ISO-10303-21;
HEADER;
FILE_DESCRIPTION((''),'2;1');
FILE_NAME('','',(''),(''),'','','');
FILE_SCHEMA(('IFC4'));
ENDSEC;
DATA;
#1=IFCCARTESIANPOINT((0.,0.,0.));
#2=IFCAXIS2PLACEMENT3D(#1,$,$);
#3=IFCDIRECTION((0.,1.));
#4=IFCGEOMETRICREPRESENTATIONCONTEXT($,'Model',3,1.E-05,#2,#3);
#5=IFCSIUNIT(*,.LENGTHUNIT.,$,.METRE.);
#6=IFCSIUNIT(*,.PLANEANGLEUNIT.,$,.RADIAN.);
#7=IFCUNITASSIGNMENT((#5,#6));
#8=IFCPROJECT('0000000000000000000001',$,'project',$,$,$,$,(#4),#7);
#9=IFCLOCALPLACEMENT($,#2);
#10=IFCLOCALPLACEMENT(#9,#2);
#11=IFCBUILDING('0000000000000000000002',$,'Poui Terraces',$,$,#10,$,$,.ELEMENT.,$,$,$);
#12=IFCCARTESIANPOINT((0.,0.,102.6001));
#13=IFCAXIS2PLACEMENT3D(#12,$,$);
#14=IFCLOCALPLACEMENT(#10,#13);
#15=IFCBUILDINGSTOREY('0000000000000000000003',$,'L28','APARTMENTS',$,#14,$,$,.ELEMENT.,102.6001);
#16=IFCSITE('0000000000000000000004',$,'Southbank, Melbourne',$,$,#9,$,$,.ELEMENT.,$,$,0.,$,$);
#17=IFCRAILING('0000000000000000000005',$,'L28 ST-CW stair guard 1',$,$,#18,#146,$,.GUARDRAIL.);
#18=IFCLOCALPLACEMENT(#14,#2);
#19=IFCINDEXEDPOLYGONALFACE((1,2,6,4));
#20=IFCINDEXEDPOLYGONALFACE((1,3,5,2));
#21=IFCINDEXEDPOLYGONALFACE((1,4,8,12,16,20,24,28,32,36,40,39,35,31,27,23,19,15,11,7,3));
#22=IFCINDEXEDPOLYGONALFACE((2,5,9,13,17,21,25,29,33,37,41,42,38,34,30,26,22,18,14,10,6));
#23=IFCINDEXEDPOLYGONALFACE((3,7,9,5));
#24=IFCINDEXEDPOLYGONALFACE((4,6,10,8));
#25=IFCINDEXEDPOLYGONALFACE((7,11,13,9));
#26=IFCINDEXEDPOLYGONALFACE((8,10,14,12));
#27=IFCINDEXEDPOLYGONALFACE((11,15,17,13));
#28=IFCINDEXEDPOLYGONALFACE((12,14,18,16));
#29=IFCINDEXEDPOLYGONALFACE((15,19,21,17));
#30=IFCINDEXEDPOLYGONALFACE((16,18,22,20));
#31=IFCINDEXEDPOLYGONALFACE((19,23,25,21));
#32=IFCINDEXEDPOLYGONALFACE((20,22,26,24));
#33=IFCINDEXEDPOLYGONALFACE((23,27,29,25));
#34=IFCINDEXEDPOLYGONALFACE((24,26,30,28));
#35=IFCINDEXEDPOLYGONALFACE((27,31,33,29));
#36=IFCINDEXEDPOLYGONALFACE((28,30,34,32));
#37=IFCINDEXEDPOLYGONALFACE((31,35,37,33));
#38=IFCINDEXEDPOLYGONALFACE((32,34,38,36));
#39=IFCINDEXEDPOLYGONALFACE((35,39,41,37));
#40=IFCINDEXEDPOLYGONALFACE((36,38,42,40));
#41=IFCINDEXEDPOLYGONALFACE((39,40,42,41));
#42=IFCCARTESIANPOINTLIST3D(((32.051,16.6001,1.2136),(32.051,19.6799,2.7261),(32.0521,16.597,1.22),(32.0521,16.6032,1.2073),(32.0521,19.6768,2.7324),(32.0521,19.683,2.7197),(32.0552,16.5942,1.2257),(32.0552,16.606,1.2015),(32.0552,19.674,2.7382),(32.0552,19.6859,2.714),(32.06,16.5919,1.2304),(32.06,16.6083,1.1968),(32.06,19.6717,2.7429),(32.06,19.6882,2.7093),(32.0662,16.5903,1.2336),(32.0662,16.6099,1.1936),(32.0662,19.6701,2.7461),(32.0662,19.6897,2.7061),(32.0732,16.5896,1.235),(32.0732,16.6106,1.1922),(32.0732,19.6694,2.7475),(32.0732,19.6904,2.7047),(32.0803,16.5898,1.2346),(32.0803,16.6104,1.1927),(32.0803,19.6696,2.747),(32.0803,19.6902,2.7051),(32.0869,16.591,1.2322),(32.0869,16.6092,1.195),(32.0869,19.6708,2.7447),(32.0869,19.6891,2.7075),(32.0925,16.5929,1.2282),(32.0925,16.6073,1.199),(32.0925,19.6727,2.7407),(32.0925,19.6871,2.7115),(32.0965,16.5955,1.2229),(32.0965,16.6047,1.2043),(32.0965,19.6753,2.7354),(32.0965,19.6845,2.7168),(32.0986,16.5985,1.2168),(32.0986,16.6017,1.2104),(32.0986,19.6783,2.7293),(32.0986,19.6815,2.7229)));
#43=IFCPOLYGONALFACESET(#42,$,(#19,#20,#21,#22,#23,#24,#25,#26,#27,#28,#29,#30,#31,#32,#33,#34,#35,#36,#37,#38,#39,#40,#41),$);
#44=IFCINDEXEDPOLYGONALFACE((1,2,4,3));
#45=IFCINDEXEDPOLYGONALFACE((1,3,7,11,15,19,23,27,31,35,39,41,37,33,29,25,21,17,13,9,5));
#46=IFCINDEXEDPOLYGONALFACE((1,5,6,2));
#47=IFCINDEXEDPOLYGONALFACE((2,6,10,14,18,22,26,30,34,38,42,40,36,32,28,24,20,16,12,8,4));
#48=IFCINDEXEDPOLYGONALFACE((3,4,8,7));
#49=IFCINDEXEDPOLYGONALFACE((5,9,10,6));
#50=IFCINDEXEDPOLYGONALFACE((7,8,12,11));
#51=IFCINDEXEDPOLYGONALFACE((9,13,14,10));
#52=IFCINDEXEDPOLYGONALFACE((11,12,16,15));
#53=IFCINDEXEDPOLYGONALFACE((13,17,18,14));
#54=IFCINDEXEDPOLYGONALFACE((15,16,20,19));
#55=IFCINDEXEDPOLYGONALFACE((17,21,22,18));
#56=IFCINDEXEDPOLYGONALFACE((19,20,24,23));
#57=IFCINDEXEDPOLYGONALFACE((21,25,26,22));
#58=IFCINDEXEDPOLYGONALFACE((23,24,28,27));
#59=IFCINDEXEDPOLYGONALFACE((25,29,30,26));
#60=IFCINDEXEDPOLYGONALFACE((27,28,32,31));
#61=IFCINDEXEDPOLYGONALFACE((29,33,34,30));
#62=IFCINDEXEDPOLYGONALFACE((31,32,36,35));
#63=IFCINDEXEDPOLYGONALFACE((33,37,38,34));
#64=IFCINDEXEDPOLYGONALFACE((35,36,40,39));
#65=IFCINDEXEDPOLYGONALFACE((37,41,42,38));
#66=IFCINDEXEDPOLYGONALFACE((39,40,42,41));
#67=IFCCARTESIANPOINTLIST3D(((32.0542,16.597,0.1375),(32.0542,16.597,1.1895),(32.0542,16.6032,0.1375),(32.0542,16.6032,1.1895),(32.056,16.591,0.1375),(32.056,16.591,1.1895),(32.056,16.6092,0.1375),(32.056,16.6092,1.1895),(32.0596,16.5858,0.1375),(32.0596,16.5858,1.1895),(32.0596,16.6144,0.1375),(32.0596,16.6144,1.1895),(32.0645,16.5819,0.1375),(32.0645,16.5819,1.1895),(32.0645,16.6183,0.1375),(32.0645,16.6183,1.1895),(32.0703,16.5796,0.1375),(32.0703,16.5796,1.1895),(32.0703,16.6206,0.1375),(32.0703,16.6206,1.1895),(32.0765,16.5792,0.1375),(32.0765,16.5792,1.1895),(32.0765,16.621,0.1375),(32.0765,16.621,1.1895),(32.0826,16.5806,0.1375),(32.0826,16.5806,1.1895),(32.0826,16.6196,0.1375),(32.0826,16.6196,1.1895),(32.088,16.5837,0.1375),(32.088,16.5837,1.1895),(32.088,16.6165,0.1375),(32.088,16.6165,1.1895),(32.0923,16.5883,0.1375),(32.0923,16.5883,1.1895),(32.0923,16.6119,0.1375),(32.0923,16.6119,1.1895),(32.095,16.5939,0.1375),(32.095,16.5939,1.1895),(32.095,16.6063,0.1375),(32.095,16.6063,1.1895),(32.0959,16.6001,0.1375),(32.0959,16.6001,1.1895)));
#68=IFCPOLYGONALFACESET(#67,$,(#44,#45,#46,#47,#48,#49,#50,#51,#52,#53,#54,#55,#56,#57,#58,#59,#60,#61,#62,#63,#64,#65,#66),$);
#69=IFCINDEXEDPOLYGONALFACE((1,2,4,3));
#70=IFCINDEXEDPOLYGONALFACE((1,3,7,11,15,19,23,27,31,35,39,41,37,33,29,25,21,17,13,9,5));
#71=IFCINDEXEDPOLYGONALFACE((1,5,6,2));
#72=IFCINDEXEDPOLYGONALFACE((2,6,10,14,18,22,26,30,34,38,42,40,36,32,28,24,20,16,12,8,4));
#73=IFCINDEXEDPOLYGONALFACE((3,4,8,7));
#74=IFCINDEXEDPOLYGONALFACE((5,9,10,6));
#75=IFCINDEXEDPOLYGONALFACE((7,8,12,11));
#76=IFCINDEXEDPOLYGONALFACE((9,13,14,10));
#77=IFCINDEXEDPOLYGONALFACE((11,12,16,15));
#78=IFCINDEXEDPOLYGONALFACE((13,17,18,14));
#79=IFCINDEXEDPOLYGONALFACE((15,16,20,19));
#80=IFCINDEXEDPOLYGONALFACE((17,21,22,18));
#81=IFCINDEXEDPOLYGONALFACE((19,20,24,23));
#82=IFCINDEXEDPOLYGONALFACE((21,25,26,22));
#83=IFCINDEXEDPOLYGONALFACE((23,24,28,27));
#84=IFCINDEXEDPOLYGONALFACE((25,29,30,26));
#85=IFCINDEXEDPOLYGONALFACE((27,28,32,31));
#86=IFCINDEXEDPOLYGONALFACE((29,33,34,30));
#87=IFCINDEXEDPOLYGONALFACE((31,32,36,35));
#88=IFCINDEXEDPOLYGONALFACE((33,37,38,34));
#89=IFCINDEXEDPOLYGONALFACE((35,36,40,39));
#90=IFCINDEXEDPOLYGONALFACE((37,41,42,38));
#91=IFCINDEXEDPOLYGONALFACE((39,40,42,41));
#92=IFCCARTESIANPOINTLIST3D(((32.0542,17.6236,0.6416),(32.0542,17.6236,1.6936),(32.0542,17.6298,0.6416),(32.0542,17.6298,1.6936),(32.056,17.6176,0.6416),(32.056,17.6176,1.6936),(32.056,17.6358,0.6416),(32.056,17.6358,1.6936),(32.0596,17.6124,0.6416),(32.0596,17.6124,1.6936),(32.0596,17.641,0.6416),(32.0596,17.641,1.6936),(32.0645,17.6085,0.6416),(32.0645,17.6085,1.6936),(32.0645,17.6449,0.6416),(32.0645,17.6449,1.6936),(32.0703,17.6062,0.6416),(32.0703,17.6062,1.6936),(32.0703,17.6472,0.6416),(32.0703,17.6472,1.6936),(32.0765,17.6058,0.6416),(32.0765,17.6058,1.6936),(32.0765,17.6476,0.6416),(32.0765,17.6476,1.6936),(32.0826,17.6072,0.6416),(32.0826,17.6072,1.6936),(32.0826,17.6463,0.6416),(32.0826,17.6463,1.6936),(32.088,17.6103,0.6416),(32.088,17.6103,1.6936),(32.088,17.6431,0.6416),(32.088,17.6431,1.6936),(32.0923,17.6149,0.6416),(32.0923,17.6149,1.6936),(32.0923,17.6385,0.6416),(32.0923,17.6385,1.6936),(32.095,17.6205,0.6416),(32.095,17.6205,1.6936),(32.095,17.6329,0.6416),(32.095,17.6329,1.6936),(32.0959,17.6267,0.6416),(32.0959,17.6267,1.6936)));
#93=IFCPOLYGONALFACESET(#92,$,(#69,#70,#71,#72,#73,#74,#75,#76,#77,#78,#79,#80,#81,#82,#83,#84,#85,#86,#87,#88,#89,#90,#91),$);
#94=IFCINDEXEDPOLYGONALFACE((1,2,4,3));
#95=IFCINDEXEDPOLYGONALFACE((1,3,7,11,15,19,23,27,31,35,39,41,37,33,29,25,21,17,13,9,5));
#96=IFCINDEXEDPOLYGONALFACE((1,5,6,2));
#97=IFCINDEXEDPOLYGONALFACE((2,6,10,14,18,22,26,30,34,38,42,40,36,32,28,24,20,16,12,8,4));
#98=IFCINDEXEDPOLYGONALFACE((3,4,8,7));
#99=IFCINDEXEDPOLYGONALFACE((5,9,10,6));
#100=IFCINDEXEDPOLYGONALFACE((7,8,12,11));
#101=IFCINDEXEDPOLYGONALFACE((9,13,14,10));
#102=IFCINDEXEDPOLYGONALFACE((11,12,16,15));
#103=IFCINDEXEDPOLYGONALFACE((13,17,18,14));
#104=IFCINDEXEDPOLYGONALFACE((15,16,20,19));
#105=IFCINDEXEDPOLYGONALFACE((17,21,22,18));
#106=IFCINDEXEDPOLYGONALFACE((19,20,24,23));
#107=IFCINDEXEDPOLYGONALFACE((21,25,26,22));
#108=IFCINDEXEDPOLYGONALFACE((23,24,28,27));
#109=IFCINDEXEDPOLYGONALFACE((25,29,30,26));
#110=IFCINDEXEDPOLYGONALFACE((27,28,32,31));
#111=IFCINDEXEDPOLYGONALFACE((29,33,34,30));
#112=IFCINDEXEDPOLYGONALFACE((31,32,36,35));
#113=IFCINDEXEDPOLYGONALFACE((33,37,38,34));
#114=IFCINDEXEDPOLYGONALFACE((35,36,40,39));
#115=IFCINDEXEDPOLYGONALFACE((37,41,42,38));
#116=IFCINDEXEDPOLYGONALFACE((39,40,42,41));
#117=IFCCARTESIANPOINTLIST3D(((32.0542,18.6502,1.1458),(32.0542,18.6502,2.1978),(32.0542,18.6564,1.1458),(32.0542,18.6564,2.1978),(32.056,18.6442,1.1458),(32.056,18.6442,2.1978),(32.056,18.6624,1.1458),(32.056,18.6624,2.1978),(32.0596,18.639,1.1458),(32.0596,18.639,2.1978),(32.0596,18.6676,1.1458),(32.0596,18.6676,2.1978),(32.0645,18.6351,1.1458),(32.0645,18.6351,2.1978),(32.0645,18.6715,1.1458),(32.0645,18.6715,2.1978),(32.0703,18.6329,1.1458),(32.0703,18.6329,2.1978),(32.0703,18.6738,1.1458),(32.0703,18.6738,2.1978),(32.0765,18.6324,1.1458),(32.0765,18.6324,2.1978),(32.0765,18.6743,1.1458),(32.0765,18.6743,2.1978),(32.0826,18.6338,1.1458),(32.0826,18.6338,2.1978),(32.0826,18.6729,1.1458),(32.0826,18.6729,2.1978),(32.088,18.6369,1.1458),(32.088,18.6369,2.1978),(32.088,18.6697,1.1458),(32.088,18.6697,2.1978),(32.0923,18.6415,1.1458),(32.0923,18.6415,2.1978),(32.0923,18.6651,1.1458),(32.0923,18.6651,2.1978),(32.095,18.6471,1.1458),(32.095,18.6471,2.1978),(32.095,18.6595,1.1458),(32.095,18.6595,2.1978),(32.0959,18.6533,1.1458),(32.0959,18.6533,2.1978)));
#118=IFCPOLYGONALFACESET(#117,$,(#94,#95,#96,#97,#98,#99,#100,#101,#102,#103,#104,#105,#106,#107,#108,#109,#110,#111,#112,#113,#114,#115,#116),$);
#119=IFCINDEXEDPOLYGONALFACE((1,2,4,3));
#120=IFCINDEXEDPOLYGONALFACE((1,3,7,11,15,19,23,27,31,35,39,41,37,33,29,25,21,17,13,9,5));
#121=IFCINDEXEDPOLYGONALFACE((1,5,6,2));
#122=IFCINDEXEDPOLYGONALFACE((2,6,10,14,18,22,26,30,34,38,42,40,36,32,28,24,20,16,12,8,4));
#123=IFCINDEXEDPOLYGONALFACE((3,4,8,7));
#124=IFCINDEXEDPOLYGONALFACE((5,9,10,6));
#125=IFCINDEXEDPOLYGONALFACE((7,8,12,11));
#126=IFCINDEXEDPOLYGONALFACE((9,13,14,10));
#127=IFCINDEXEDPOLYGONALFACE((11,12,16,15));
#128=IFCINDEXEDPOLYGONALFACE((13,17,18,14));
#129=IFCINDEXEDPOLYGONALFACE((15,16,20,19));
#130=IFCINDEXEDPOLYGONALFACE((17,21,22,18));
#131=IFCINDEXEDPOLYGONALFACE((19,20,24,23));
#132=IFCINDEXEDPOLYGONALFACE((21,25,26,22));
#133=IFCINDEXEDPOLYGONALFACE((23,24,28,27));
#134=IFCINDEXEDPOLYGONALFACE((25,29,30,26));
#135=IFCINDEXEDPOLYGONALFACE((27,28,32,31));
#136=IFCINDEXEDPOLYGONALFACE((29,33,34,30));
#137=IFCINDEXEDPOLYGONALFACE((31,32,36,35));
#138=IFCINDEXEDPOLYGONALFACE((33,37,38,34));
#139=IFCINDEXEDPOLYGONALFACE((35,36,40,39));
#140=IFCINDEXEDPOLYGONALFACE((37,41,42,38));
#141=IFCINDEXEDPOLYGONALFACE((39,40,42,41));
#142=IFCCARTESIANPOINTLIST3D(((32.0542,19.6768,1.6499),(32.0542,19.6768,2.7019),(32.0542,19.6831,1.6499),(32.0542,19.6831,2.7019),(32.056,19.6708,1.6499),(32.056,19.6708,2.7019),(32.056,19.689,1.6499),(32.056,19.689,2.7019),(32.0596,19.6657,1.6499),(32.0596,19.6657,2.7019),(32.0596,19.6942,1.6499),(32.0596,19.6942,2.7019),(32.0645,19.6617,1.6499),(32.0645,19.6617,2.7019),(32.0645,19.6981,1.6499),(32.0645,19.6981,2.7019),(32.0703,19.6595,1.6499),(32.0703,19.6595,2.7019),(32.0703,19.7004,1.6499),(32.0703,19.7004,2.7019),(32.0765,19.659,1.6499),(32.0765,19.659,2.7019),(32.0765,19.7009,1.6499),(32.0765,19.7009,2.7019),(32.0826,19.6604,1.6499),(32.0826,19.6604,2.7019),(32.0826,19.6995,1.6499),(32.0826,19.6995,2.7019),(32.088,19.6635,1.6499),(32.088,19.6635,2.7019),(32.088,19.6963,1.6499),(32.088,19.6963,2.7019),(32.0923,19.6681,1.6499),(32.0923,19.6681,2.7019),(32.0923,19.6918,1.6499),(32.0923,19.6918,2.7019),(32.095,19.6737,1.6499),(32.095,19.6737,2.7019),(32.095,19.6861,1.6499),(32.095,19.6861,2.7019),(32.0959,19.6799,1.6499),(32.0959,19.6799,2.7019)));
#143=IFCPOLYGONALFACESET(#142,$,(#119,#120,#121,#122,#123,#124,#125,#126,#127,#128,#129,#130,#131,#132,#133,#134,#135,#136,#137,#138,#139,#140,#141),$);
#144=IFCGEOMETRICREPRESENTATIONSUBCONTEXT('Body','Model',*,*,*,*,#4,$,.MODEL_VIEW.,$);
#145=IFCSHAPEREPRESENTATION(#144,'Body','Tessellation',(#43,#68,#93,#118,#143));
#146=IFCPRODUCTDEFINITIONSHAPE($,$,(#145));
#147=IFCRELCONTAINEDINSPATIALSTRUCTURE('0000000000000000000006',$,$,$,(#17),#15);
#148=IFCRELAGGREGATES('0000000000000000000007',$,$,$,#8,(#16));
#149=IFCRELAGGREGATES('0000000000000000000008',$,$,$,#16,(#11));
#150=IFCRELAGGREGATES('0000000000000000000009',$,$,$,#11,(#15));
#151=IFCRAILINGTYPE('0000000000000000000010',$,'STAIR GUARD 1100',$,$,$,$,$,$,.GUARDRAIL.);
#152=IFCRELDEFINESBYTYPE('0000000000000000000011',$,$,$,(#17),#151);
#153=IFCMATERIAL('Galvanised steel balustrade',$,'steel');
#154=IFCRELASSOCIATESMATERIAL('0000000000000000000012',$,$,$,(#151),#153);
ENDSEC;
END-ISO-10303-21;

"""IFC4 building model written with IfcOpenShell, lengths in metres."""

from ifc_helpers import new_model, si_unit, direction, frame, origin, origin_2d, place, context, subcontext, project, spatial, circle, extrude, material, type_object, element, save


model = new_model("IFC4")

# Units and contexts
model_context = context("Model", 3, precision=1e-05, world=origin(), true_north=direction((0.0, 1.0)))
body_context = subcontext(model_context, "Body", "Model", "MODEL_VIEW")
ifc_project = project(units=[si_unit("LENGTHUNIT", "METRE"), si_unit("PLANEANGLEUNIT", "RADIAN")], contexts=[model_context])

# Site, building, storey
site_placement = place(None, origin())
site = spatial("IfcSite", under=ifc_project, at=site_placement, Name="Southbank, Melbourne", CompositionType="ELEMENT", RefElevation=0.0)
building_placement = place(site_placement, origin())
building = spatial("IfcBuilding", under=site, at=building_placement, Name="Poui Terraces", CompositionType="ELEMENT")
storey_placement = place(building_placement, frame((0.0, 0.0, 102.6001)))
storey = spatial("IfcBuildingStorey", under=building, at=storey_placement, Name="L28", Description="APARTMENTS", CompositionType="ELEMENT", Elevation=102.6001)

# Railing
ifc_material_1 = material(Name="Galvanised steel balustrade", Category="steel")
railing_type_1 = type_object("IfcRailingType", Name="STAIR GUARD 1100", PredefinedType="GUARDRAIL", material=ifc_material_1)
railing_1_placement = place(storey_placement, frame((32.075, 16.6001, 0.1375)))
element("IfcRailing", 1, at=railing_1_placement, inside=storey, type_object=railing_type_1, Name="L28 ST-CW stair guard 1", PredefinedType="GUARDRAIL", context=body_context, shape_type="SweptSolid", body=[
    extrude(circle(Radius=0.0239, at=origin_2d()), frame((0.0, 0.0, 1.0762), z_axis=(0.0, 0.897606, 0.440798), x_axis=(-1.0, 0.0, 0.0)), (0.0, 0.0, 1.0), 3.4312),
    extrude(circle(Radius=0.021, at=origin_2d()), origin(), (0.0, 0.0, 1.0), 1.052),
    extrude(circle(Radius=0.021, at=origin_2d()), frame((0.0, 1.0266, 0.5042)), (0.0, 0.0, 1.0), 1.052),
    extrude(circle(Radius=0.021, at=origin_2d()), frame((0.0, 2.0532, 1.0083)), (0.0, 0.0, 1.0), 1.052),
    extrude(circle(Radius=0.021, at=origin_2d()), frame((0.0, 3.0798, 1.5125)), (0.0, 0.0, 1.0), 1.052),
])

save(model, "model.ifc")
